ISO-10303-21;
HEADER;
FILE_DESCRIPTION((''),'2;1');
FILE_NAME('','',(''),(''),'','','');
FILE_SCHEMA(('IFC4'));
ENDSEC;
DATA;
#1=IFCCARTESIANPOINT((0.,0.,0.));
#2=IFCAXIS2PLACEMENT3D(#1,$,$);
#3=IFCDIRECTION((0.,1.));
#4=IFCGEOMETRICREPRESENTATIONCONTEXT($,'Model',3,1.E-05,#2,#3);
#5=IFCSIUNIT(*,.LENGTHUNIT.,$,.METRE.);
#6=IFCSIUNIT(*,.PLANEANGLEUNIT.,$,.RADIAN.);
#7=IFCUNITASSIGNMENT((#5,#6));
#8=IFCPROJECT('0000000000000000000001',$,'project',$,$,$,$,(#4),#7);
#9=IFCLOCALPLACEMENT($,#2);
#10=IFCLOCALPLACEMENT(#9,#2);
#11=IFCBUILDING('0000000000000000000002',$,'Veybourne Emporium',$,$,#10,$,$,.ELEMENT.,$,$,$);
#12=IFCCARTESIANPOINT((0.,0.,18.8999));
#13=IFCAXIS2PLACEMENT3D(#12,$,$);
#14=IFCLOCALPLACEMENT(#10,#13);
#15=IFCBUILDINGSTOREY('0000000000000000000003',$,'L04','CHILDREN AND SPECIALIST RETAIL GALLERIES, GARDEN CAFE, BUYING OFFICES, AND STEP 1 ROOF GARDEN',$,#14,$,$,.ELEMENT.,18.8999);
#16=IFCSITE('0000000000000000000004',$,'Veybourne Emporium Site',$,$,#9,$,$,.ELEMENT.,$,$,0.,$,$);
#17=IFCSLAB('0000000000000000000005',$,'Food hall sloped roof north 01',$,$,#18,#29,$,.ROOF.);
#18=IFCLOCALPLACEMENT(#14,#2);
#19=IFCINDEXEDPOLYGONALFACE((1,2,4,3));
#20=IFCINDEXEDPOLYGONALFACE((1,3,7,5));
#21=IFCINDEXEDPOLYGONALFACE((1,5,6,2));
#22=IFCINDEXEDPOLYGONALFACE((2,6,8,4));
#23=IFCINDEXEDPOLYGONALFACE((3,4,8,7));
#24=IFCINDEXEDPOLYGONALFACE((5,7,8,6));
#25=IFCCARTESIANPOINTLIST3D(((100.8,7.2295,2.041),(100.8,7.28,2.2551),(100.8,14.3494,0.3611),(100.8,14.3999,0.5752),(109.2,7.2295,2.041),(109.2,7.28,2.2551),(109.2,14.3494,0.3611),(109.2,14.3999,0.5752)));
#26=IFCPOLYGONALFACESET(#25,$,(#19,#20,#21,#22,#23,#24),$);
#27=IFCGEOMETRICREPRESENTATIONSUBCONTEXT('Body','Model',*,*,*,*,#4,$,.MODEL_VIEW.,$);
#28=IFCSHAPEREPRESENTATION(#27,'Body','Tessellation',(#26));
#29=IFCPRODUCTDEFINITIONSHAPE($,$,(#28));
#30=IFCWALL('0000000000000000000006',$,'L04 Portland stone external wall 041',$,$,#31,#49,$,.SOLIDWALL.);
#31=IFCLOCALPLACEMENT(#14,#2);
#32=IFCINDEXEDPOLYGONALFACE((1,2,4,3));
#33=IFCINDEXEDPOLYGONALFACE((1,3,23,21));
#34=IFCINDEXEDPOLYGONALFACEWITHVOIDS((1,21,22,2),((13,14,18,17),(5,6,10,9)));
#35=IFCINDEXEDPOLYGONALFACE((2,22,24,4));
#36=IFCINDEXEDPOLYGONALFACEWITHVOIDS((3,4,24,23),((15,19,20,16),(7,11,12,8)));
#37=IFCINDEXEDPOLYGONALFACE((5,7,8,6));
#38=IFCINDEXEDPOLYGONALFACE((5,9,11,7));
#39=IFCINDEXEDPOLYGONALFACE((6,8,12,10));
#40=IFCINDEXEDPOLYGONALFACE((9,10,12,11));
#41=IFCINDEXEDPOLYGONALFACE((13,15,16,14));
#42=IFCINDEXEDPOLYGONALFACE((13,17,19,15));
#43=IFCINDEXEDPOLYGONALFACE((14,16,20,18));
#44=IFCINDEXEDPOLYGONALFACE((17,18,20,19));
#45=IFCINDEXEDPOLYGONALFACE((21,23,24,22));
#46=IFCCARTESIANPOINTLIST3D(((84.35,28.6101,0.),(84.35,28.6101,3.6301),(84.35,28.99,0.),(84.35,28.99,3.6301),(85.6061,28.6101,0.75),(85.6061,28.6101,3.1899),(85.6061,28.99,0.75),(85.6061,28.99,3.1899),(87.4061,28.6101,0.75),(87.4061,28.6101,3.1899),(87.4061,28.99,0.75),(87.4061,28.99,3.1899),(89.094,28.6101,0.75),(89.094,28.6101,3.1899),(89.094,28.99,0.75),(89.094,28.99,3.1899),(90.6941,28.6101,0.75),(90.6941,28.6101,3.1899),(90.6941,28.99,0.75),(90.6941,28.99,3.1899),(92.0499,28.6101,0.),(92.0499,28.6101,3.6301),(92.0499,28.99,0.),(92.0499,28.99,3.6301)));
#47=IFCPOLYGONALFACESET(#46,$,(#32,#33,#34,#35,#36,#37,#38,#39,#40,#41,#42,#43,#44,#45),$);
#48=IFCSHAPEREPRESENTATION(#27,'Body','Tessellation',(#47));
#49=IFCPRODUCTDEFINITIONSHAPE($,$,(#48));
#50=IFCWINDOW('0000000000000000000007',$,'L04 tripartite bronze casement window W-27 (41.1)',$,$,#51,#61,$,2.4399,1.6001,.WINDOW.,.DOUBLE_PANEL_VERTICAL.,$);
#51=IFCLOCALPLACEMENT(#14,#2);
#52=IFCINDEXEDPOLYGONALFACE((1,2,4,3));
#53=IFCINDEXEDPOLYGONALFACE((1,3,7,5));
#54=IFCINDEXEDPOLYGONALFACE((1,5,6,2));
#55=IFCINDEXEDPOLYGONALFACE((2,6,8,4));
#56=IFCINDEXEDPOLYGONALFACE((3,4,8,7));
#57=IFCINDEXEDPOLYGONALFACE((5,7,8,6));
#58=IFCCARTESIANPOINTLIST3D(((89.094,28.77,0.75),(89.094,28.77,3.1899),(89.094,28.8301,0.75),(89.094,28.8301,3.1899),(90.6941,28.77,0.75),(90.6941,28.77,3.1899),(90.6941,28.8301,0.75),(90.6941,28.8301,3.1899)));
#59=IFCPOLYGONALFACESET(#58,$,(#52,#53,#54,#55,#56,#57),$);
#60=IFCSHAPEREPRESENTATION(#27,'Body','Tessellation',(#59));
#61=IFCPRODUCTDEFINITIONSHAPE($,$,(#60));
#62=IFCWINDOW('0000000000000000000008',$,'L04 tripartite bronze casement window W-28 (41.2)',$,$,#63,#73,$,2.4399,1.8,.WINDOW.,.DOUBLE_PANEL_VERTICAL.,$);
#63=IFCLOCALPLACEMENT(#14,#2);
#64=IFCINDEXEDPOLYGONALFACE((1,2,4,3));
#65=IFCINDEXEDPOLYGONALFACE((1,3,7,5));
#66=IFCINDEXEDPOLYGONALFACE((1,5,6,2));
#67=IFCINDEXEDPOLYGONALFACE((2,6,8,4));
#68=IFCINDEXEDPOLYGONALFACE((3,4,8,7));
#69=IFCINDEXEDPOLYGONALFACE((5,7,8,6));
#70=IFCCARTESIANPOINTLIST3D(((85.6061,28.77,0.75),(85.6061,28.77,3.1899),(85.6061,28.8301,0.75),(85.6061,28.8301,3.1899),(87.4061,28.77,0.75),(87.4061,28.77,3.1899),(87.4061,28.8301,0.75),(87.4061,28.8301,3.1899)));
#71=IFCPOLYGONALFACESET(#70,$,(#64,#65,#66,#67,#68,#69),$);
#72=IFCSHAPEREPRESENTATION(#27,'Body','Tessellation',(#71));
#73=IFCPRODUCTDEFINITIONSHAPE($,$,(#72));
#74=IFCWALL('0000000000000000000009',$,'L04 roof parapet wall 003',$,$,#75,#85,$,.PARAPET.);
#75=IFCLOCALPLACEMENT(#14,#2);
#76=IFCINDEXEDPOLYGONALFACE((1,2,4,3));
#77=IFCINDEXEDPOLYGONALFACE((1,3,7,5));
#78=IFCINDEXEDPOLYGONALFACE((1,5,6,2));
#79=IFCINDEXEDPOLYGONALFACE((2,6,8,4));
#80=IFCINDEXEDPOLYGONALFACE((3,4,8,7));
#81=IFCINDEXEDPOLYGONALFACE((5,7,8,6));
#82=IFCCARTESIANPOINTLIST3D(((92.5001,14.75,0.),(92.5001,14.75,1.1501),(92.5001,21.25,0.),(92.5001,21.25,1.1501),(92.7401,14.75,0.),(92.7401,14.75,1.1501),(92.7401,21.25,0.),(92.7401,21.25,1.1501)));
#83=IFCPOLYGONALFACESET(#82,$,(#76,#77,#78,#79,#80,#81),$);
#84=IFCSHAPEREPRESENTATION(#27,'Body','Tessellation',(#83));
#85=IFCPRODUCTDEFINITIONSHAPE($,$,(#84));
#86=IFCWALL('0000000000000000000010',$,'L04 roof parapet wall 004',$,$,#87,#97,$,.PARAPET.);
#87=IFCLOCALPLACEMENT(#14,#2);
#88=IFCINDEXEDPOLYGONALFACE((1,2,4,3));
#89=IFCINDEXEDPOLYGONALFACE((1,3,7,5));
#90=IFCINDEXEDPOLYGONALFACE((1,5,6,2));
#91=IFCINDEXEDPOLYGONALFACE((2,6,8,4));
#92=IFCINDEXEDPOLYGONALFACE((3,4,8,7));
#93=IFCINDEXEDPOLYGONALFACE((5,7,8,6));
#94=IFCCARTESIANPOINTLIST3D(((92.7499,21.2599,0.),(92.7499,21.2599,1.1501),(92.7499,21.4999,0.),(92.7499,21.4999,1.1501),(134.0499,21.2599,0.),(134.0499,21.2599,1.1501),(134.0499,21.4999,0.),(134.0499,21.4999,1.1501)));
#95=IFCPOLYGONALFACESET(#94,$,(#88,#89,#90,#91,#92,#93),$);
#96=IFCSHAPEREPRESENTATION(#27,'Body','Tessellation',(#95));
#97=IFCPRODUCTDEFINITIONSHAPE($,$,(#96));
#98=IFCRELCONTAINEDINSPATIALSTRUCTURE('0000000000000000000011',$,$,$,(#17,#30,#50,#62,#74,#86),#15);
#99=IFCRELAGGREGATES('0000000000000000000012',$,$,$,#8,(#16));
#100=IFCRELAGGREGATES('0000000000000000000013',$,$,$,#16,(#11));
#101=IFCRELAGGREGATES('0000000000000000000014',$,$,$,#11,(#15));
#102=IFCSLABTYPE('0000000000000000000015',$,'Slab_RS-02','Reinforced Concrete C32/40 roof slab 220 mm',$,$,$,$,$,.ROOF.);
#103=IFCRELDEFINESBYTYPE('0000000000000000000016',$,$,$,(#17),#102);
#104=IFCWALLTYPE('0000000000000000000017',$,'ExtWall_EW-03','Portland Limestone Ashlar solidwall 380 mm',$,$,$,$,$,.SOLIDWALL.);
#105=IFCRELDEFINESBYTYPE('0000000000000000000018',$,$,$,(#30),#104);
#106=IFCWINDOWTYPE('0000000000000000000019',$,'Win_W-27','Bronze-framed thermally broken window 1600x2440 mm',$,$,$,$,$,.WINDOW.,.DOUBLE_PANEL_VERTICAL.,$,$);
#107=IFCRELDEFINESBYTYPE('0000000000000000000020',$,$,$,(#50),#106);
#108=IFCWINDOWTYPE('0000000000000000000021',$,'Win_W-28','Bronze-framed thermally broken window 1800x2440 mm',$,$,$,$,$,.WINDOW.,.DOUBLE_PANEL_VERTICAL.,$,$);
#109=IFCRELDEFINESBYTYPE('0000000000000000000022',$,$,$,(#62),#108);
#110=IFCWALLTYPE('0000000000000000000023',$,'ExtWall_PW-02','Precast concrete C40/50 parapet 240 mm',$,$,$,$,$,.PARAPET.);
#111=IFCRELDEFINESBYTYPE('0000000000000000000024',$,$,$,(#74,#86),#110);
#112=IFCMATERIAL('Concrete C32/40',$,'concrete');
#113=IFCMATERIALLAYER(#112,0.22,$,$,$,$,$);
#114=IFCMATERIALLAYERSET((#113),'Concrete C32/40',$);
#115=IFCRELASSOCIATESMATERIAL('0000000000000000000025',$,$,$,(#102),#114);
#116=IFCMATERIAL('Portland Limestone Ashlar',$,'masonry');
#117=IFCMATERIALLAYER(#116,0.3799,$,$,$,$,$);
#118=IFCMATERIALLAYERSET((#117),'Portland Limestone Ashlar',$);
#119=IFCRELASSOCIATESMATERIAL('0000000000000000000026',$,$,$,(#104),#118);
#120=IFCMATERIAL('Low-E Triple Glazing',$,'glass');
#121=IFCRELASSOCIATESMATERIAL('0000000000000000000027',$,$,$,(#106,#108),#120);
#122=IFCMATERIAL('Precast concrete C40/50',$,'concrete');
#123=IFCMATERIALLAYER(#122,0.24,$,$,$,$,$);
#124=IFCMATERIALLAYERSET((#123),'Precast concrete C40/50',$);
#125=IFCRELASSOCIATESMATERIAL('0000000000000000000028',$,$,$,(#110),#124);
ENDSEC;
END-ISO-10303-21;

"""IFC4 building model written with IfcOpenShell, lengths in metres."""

from ifc_helpers import new_model, si_unit, direction, frame, frame_2d, origin, place, context, subcontext, project, spatial, polyline, rectangle, outline, extrude, material, layer, layer_set, type_object, element, fill, save


model = new_model("IFC4")

# Units and contexts
model_context = context("Model", 3, precision=1e-05, world=origin(), true_north=direction((0.0, 1.0)))
body_context = subcontext(model_context, "Body", "Model", "MODEL_VIEW")
ifc_project = project(units=[si_unit("LENGTHUNIT", "METRE"), si_unit("PLANEANGLEUNIT", "RADIAN")], contexts=[model_context])

# Site, building, storey
site_placement = place(None, origin())
site = spatial("IfcSite", under=ifc_project, at=site_placement, Name="Veybourne Emporium Site", CompositionType="ELEMENT", RefElevation=0.0)
building_placement = place(site_placement, origin())
building = spatial("IfcBuilding", under=site, at=building_placement, Name="Veybourne Emporium", CompositionType="ELEMENT")
storey_placement = place(building_placement, frame((0.0, 0.0, 18.8999)))
storey = spatial("IfcBuildingStorey", under=building, at=storey_placement, Name="L04", Description="CHILDREN AND SPECIALIST RETAIL GALLERIES, GARDEN CAFE, BUYING OFFICES, AND STEP 1 ROOF GARDEN", CompositionType="ELEMENT", Elevation=18.8999)

# Shared definitions
ifc_material_1 = material(Name="Concrete C32/40", Category="concrete")

# Shared definitions
ifc_material_2 = material(Name="Low-E Triple Glazing", Category="glass")

# Slab
ifc_layer_1 = layer(ifc_material_1, 0.22)
ifc_layer_set_1 = layer_set([ifc_layer_1], Name="Concrete C32/40")
slab_type = type_object("IfcSlabType", Name="Slab_RS-02", Description="Reinforced Concrete C32/40 roof slab 220 mm", PredefinedType="ROOF", material=ifc_layer_set_1)
slab_1_placement = place(storey_placement, frame((100.8, 7.28, 2.2551), z_axis=(0.0, 0.229644, 0.973275), x_axis=(1.0, 0.0, 0.0)))
element("IfcSlab", 1, at=slab_1_placement, inside=storey, type_object=slab_type, Name="Food hall sloped roof north 01", PredefinedType="ROOF", context=body_context, shape_type="SweptSolid", body=[
    extrude(outline(polyline([(0.0, 0.0), (8.3999, 0.0), (8.3999, 7.3154), (0.0, 7.3154), (0.0, 0.0)])), origin(), (0.0, 0.0, -1.0), 0.22),
])

# Wall, openings, windows
ifc_material_3 = material(Name="Portland Limestone Ashlar", Category="masonry")
ifc_layer_2 = layer(ifc_material_3, 0.3799)
ifc_layer_set_2 = layer_set([ifc_layer_2], Name="Portland Limestone Ashlar")
wall_type_1 = type_object("IfcWallType", Name="ExtWall_EW-03", Description="Portland Limestone Ashlar solidwall 380 mm", PredefinedType="SOLIDWALL", material=ifc_layer_set_2)
wall_1_placement = place(storey_placement, frame((92.05, 28.8, 0.0), z_axis=(0.0, 0.0, 1.0), x_axis=(-1.0, 0.0, 0.0)))
wall_1 = element("IfcWall", 2, at=wall_1_placement, inside=storey, type_object=wall_type_1, Name="L04 Portland stone external wall 041", PredefinedType="SOLIDWALL", context=body_context, shape_type="SweptSolid", body=[
    extrude(rectangle(XDim=7.7, YDim=0.3799, at=frame_2d((3.8501, 0.0))), origin(), (0.0, 0.0, 1.0), 3.6301),
])
opening_1_placement = place(wall_1_placement, frame((1.356, 0.0, 0.75)))
opening_1 = element("IfcOpeningElement", 3, at=opening_1_placement, cuts=wall_1, PredefinedType="OPENING", context=body_context, shape_type="SweptSolid", body=[
    extrude(rectangle(XDim=1.6001, YDim=2.4399, at=frame_2d((0.8, 1.22))), frame((0.0, 0.21, 0.0), z_axis=(0.0, -1.0, 0.0), x_axis=(1.0, 0.0, 0.0)), (0.0, 0.0, 1.0), 0.4199),
])
opening_2_placement = place(wall_1_placement, frame((4.644, 0.0, 0.75)))
opening_2 = element("IfcOpeningElement", 4, at=opening_2_placement, cuts=wall_1, PredefinedType="OPENING", context=body_context, shape_type="SweptSolid", body=[
    extrude(rectangle(XDim=1.8, YDim=2.4399, at=frame_2d((0.8999, 1.22))), frame((0.0, 0.21, 0.0), z_axis=(0.0, -1.0, 0.0), x_axis=(1.0, 0.0, 0.0)), (0.0, 0.0, 1.0), 0.4199),
])
window_type_1 = type_object("IfcWindowType", Name="Win_W-27", Description="Bronze-framed thermally broken window 1600x2440 mm", PartitioningType="DOUBLE_PANEL_VERTICAL", PredefinedType="WINDOW", material=ifc_material_2)
window_1_placement = place(opening_1_placement, origin())
window_1 = element("IfcWindow", 5, at=window_1_placement, inside=storey, type_object=window_type_1, Name="L04 tripartite bronze casement window W-27 (41.1)", OverallHeight=2.4399, OverallWidth=1.6001, PartitioningType="DOUBLE_PANEL_VERTICAL", PredefinedType="WINDOW", context=body_context, shape_type="SweptSolid", body=[
    extrude(rectangle(XDim=1.6001, YDim=2.4399, at=frame_2d((0.8, 1.22))), frame((0.0, 0.03, 0.0), z_axis=(0.0, -1.0, 0.0), x_axis=(1.0, 0.0, 0.0)), (0.0, 0.0, 1.0), 0.0601),
])
fill(opening_1, window_1)
window_type_2 = type_object("IfcWindowType", Name="Win_W-28", Description="Bronze-framed thermally broken window 1800x2440 mm", PartitioningType="DOUBLE_PANEL_VERTICAL", PredefinedType="WINDOW", material=ifc_material_2)
window_2_placement = place(opening_2_placement, origin())
window_2 = element("IfcWindow", 6, at=window_2_placement, inside=storey, type_object=window_type_2, Name="L04 tripartite bronze casement window W-28 (41.2)", OverallHeight=2.4399, OverallWidth=1.8, PartitioningType="DOUBLE_PANEL_VERTICAL", PredefinedType="WINDOW", context=body_context, shape_type="SweptSolid", body=[
    extrude(rectangle(XDim=1.8, YDim=2.4399, at=frame_2d((0.8999, 1.22))), frame((0.0, 0.03, 0.0), z_axis=(0.0, -1.0, 0.0), x_axis=(1.0, 0.0, 0.0)), (0.0, 0.0, 1.0), 0.0601),
])
fill(opening_2, window_2)

# Walls
ifc_material_4 = material(Name="Precast concrete C40/50", Category="concrete")
ifc_layer_3 = layer(ifc_material_4, 0.24)
ifc_layer_set_3 = layer_set([ifc_layer_3], Name="Precast concrete C40/50")
wall_type_2 = type_object("IfcWallType", Name="ExtWall_PW-02", Description="Precast concrete C40/50 parapet 240 mm", PredefinedType="PARAPET", material=ifc_layer_set_3)
wall_2_placement = place(storey_placement, frame((92.6201, 14.75, 0.0), z_axis=(0.0, 0.0, 1.0), x_axis=(0.0, 1.0, 0.0)))
element("IfcWall", 7, at=wall_2_placement, inside=storey, type_object=wall_type_2, Name="L04 roof parapet wall 003", PredefinedType="PARAPET", context=body_context, shape_type="SweptSolid", body=[
    extrude(rectangle(XDim=6.5, YDim=0.24, at=frame_2d((3.25, 0.0))), origin(), (0.0, 0.0, 1.0), 1.1501),
])
wall_3_placement = place(storey_placement, frame((92.75, 21.3799, 0.0), z_axis=(0.0, 0.0, 1.0), x_axis=(1.0, 0.0, 0.0)))
element("IfcWall", 8, at=wall_3_placement, inside=storey, type_object=wall_type_2, Name="L04 roof parapet wall 004", PredefinedType="PARAPET", context=body_context, shape_type="SweptSolid", body=[
    extrude(rectangle(XDim=41.3, YDim=0.24, at=frame_2d((20.6499, 0.0))), origin(), (0.0, 0.0, 1.0), 1.1501),
])

save(model, "model.ifc")
